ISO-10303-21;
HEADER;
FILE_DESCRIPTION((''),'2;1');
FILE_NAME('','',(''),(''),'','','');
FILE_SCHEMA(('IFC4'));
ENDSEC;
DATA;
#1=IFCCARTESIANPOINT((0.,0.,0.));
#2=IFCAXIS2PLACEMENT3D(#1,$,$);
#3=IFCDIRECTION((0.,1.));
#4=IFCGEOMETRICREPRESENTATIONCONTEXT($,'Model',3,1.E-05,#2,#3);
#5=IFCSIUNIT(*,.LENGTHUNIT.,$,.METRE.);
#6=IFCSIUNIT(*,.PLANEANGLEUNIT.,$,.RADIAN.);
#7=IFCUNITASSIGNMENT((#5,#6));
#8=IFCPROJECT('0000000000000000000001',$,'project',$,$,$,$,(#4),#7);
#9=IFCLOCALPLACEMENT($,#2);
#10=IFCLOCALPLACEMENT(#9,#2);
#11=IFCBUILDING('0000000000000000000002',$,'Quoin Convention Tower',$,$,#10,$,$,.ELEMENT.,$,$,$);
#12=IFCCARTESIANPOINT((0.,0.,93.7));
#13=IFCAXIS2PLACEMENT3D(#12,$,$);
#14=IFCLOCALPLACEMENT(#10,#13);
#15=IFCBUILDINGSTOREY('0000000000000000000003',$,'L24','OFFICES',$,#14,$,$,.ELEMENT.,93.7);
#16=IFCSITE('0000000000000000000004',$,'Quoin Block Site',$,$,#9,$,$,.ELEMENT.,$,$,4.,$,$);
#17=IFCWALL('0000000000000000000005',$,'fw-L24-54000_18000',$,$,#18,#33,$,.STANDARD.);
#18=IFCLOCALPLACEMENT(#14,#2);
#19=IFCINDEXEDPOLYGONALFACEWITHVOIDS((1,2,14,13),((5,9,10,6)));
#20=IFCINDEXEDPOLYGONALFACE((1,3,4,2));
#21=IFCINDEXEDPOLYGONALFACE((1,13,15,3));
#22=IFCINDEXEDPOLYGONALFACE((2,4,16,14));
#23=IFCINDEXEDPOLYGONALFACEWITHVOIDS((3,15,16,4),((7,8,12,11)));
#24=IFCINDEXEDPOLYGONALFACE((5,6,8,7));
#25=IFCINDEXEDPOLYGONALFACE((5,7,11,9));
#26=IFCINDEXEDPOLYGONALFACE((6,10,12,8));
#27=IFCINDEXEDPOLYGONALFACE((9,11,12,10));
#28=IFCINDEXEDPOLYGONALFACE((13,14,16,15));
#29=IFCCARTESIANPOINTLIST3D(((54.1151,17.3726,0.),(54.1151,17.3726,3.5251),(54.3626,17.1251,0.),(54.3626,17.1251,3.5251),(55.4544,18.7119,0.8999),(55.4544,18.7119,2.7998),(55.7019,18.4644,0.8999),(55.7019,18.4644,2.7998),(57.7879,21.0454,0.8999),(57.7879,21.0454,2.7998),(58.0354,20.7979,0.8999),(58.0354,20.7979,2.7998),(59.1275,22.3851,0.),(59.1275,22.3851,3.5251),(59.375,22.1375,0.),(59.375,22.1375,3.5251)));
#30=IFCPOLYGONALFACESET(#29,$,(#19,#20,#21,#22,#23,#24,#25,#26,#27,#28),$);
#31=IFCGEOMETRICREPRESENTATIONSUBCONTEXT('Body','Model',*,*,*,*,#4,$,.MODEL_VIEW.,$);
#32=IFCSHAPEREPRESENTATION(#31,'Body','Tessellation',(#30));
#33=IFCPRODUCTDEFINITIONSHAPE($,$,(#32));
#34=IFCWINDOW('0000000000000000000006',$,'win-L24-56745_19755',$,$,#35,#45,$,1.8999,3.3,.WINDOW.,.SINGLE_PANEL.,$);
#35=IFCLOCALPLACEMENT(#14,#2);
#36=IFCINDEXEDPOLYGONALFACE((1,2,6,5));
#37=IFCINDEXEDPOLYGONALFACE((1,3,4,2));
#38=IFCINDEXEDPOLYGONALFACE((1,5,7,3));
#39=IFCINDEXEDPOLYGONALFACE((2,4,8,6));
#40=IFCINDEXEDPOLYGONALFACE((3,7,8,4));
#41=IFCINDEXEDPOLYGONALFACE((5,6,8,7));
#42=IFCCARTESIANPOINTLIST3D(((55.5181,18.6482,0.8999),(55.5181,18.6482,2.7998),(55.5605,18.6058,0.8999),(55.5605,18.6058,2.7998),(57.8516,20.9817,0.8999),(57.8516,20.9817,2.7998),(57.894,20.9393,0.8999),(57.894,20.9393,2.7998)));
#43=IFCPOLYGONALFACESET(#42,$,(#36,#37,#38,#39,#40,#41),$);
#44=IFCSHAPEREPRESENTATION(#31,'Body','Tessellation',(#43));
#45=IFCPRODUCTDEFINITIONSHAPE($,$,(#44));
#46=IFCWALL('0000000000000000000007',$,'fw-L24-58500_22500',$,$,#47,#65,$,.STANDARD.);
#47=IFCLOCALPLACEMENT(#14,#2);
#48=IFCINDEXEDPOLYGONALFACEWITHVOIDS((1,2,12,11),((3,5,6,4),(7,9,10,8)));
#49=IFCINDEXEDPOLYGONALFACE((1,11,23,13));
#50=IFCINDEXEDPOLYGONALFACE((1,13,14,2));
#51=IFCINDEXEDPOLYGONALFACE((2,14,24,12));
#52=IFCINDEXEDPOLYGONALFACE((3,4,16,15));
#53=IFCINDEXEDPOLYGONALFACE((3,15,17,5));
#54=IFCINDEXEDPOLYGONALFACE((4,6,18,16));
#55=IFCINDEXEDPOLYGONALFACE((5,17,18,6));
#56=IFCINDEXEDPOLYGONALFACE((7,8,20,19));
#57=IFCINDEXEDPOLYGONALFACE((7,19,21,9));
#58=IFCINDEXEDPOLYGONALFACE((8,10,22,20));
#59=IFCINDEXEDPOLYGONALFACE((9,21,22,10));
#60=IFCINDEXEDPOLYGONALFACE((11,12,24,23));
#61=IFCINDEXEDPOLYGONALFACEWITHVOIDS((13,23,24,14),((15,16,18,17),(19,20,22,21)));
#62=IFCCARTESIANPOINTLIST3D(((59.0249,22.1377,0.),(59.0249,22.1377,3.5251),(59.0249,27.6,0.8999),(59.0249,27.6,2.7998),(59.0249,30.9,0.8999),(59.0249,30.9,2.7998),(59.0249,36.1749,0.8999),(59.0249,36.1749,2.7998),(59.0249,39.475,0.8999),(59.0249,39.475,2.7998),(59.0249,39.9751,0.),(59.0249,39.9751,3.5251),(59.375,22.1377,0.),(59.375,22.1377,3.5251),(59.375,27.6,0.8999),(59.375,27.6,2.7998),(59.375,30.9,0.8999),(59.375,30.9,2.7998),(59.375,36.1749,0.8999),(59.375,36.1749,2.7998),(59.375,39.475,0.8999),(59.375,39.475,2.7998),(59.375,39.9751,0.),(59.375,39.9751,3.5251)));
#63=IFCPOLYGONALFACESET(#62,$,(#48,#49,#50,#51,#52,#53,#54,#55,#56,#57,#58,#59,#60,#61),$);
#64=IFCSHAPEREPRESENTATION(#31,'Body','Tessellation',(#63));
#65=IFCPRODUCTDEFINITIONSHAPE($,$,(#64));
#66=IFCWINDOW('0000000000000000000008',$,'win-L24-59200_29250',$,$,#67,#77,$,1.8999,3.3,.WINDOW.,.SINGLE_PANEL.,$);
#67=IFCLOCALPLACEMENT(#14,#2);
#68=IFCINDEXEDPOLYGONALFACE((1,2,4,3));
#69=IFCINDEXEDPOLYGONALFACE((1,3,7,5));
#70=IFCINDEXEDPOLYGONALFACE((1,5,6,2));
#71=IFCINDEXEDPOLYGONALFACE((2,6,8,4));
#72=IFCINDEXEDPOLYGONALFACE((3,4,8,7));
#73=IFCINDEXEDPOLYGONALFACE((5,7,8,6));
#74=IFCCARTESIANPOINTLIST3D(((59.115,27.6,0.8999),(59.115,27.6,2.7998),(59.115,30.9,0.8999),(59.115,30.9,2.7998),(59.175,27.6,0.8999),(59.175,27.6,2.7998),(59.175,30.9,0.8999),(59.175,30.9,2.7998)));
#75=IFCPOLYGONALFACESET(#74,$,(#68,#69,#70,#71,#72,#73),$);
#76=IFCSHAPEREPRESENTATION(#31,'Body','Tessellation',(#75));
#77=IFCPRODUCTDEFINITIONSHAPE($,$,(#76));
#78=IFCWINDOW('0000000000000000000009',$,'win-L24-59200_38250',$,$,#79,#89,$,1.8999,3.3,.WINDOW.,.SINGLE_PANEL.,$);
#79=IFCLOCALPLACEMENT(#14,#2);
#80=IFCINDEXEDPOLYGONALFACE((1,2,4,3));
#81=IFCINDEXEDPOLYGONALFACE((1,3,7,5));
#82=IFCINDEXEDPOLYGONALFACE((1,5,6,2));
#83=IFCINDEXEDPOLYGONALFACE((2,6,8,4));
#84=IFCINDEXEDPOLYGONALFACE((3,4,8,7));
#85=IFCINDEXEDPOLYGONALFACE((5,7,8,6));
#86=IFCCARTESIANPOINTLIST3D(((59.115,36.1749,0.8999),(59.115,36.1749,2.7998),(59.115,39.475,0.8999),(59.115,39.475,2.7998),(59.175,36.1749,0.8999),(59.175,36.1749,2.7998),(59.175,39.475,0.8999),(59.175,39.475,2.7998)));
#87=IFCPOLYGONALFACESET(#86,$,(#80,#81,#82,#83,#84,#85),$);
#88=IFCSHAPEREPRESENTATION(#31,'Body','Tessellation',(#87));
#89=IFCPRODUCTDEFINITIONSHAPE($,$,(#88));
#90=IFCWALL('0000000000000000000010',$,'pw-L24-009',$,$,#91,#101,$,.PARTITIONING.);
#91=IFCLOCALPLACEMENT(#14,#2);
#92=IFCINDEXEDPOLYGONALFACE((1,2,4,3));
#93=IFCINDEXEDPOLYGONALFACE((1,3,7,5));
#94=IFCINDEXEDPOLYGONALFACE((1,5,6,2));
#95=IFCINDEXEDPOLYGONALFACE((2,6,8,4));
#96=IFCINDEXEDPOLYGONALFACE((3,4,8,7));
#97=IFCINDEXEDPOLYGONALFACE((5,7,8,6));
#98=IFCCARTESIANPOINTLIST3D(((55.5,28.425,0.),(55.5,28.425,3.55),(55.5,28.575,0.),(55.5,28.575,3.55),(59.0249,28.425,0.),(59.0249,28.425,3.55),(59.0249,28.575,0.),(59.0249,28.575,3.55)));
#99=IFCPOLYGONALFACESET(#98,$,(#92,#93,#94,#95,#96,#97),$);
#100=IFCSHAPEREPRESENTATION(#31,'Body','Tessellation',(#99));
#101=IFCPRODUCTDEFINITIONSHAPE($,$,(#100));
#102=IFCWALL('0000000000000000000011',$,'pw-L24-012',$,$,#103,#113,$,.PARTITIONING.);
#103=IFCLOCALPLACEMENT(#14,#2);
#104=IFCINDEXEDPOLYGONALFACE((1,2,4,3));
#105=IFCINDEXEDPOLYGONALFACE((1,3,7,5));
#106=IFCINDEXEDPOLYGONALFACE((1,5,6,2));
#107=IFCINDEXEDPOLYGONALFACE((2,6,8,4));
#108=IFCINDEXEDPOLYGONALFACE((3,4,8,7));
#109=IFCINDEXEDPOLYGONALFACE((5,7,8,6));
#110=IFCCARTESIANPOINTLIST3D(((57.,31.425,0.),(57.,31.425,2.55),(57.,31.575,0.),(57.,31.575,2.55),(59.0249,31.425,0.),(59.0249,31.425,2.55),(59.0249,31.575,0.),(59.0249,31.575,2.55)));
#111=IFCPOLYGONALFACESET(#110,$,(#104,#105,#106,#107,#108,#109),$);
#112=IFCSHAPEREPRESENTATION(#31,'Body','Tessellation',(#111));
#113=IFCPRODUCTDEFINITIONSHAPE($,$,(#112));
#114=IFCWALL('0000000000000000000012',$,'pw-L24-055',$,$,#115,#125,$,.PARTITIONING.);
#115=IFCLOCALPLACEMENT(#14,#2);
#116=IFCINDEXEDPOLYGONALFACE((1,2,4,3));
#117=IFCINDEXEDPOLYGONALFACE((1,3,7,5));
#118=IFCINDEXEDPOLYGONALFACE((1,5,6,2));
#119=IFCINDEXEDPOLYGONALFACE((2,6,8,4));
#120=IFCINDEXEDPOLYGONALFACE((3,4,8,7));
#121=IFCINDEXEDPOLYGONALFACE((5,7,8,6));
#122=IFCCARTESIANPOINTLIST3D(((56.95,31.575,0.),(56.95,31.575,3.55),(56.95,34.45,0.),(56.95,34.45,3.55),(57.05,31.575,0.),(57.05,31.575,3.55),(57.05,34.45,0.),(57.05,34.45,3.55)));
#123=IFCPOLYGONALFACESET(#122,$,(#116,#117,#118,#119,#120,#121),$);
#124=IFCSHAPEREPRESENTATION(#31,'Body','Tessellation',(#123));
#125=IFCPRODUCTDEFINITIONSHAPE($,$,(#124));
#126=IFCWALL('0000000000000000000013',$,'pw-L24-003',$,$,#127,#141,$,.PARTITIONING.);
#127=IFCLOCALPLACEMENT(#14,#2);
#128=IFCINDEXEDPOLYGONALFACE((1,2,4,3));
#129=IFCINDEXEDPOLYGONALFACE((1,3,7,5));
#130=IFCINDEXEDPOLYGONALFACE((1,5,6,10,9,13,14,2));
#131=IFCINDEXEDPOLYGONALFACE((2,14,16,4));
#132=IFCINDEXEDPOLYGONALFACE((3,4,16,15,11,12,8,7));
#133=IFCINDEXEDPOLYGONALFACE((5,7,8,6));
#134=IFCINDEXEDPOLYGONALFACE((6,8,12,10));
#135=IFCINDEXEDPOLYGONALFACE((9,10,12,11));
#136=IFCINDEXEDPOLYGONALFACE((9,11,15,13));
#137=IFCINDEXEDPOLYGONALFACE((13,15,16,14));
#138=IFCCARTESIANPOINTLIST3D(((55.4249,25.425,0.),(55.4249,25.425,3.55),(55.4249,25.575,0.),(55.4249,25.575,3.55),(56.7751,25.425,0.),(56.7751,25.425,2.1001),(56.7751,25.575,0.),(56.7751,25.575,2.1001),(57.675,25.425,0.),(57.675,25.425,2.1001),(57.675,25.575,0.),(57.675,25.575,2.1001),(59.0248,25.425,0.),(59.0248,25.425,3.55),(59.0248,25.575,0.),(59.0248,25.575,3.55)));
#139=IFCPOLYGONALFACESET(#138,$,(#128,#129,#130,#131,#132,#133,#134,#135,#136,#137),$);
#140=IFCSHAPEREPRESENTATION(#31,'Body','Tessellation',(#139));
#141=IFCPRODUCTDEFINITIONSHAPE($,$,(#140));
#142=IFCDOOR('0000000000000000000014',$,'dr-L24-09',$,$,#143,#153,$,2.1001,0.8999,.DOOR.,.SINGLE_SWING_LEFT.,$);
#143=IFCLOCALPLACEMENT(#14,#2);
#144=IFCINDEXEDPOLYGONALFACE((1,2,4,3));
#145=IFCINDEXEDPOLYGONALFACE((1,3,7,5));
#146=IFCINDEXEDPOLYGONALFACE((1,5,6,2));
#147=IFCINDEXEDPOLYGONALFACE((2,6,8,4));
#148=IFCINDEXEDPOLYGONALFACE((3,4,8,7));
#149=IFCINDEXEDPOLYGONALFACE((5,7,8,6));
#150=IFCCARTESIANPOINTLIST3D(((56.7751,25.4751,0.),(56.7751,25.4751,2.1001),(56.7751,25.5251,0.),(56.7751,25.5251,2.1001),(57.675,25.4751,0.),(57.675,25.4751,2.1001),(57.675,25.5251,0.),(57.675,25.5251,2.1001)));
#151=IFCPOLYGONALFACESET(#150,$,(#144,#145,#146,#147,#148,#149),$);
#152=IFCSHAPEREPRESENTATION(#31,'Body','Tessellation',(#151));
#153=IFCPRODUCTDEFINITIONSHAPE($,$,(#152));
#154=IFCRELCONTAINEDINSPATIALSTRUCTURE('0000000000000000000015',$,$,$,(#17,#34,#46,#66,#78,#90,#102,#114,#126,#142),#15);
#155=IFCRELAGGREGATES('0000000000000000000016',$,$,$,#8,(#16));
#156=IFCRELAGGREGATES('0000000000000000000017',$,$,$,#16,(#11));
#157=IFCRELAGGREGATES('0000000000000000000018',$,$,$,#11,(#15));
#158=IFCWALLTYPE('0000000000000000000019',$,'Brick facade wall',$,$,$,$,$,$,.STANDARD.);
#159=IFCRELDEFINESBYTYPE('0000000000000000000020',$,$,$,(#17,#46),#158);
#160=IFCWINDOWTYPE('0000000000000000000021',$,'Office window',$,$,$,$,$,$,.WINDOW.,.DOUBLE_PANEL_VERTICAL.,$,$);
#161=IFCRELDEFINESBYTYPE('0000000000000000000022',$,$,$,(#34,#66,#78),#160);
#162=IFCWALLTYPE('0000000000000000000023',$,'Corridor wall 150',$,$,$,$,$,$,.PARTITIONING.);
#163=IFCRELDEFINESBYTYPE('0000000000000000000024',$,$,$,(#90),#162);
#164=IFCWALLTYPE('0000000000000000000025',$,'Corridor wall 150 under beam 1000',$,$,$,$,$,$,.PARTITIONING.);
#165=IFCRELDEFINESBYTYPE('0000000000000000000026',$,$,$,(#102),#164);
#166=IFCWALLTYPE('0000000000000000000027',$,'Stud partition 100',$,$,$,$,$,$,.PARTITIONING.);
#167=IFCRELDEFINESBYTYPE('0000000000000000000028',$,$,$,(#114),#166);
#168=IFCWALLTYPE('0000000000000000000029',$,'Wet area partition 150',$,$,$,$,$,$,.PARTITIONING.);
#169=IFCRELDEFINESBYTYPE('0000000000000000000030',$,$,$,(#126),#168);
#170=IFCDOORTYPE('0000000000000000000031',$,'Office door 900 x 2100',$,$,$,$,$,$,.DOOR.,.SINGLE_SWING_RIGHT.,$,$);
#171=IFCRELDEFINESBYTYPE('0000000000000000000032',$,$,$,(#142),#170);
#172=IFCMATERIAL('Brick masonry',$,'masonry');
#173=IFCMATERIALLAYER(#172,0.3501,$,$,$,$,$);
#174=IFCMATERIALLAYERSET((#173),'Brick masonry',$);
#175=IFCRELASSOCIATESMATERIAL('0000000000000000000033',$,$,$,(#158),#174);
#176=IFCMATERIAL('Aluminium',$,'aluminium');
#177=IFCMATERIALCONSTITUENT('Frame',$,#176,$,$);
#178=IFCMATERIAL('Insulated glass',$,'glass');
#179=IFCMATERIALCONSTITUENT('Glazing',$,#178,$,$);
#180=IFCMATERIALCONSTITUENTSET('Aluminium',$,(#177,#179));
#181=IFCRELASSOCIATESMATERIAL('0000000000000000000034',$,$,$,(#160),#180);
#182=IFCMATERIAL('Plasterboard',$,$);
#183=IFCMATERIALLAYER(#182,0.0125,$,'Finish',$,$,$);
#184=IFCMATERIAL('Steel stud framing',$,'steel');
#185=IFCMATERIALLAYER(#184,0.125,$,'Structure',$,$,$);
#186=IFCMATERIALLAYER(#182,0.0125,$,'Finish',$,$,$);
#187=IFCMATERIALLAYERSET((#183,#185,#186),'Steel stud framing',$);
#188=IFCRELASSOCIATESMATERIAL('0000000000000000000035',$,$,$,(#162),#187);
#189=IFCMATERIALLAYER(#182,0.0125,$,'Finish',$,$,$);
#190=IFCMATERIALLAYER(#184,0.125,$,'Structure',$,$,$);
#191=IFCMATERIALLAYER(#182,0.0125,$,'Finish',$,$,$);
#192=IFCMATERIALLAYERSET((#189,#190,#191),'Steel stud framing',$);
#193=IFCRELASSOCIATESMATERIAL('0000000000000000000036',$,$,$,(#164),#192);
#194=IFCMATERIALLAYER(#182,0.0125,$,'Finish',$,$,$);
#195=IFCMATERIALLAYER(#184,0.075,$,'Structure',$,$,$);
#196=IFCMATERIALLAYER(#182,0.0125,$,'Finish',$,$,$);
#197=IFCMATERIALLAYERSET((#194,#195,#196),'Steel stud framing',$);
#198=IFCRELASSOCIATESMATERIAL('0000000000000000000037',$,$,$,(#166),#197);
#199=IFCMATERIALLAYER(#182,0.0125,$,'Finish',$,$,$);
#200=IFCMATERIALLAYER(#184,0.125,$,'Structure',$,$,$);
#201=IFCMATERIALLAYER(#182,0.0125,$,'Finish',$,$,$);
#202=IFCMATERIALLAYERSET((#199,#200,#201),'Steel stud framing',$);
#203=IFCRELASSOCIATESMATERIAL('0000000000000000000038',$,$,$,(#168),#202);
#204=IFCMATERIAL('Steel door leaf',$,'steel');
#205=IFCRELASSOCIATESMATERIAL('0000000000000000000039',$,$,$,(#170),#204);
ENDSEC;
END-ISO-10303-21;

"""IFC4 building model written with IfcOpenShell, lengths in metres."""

from ifc_helpers import new_model, si_unit, direction, frame, frame_2d, origin, place, context, subcontext, project, spatial, rectangle, extrude, material, layer, layer_set, constituent, constituent_set, type_object, element, fill, save


model = new_model("IFC4")

# Units and contexts
model_context = context("Model", 3, precision=1e-05, world=origin(), true_north=direction((0.0, 1.0)))
body_context = subcontext(model_context, "Body", "Model", "MODEL_VIEW")
ifc_project = project(units=[si_unit("LENGTHUNIT", "METRE"), si_unit("PLANEANGLEUNIT", "RADIAN")], contexts=[model_context])

# Site, building, storey
site_placement = place(None, origin())
site = spatial("IfcSite", under=ifc_project, at=site_placement, Name="Quoin Block Site", CompositionType="ELEMENT", RefElevation=4.0)
building_placement = place(site_placement, origin())
building = spatial("IfcBuilding", under=site, at=building_placement, Name="Quoin Convention Tower", CompositionType="ELEMENT")
storey_placement = place(building_placement, frame((0.0, 0.0, 93.7)))
storey = spatial("IfcBuildingStorey", under=building, at=storey_placement, Name="L24", Description="OFFICES", CompositionType="ELEMENT", Elevation=93.7)

# Shared definitions
ifc_material_1 = material(Name="Plasterboard")
ifc_material_2 = material(Name="Steel stud framing", Category="steel")

# Wall, opening, window
ifc_material_3 = material(Name="Brick masonry", Category="masonry")
ifc_layer_1 = layer(ifc_material_3, 0.3501)
ifc_layer_set_1 = layer_set([ifc_layer_1], Name="Brick masonry")
wall_type_1 = type_object("IfcWallType", Name="Brick facade wall", PredefinedType="STANDARD", material=ifc_layer_set_1)
ifc_material_4 = material(Name="Aluminium", Category="aluminium")
ifc_constituent_1 = constituent(ifc_material_4, Name="Frame")
ifc_material_5 = material(Name="Insulated glass", Category="glass")
ifc_constituent_2 = constituent(ifc_material_5, Name="Glazing")
ifc_constituent_set = constituent_set(constituents=[ifc_constituent_1, ifc_constituent_2], Name="Aluminium")
window_type = type_object("IfcWindowType", Name="Office window", PartitioningType="DOUBLE_PANEL_VERTICAL", PredefinedType="WINDOW", material=ifc_constituent_set)
wall_1_placement = place(storey_placement, frame((54.2388, 17.2488, 0.0), z_axis=(0.0, 0.0, 1.0), x_axis=(0.707107, 0.707107, 0.0)))
wall_1 = element("IfcWall", 1, at=wall_1_placement, inside=storey, type_object=wall_type_1, Name="fw-L24-54000_18000", PredefinedType="STANDARD", context=body_context, shape_type="SweptSolid", body=[
    extrude(rectangle(XDim=7.0886, YDim=0.3501, at=frame_2d((3.5444, 0.0))), origin(), (0.0, 0.0, 1.0), 3.5251),
])
opening_1_placement = place(wall_1_placement, frame((1.8943, 0.0, 0.8999)))
opening_1 = element("IfcOpeningElement", 2, at=opening_1_placement, cuts=wall_1, PredefinedType="OPENING", context=body_context, shape_type="SweptSolid", body=[
    extrude(rectangle(XDim=3.3, YDim=1.8999, at=frame_2d((1.6499, 0.95))), frame((0.0, 0.1851, 0.0), z_axis=(0.0, -1.0, 0.0), x_axis=(1.0, 0.0, 0.0)), (0.0, 0.0, 1.0), 0.3701),
])
window_1_placement = place(opening_1_placement, origin())
window_1 = element("IfcWindow", 3, at=window_1_placement, inside=storey, type_object=window_type, Name="win-L24-56745_19755", OverallHeight=1.8999, OverallWidth=3.3, PartitioningType="SINGLE_PANEL", PredefinedType="WINDOW", context=body_context, shape_type="SweptSolid", body=[
    extrude(rectangle(XDim=3.3, YDim=1.8999, at=frame_2d((1.6499, 0.95))), frame((0.0, 0.085, 0.0), z_axis=(0.0, -1.0, 0.0), x_axis=(1.0, 0.0, 0.0)), (0.0, 0.0, 1.0), 0.0601),
])
fill(opening_1, window_1)

# Wall, openings, windows
wall_2_placement = place(storey_placement, frame((59.2, 22.1377, 0.0), z_axis=(0.0, 0.0, 1.0), x_axis=(0.0, 1.0, 0.0)))
wall_2 = element("IfcWall", 4, at=wall_2_placement, inside=storey, type_object=wall_type_1, Name="fw-L24-58500_22500", PredefinedType="STANDARD", context=body_context, shape_type="SweptSolid", body=[
    extrude(rectangle(XDim=17.8374, YDim=0.3501, at=frame_2d((8.9187, 0.0))), origin(), (0.0, 0.0, 1.0), 3.5251),
])
opening_2_placement = place(wall_2_placement, frame((5.4624, 0.0, 0.8999)))
opening_2 = element("IfcOpeningElement", 5, at=opening_2_placement, cuts=wall_2, PredefinedType="OPENING", context=body_context, shape_type="SweptSolid", body=[
    extrude(rectangle(XDim=3.3, YDim=1.8999, at=frame_2d((1.6499, 0.95))), frame((0.0, 0.1851, 0.0), z_axis=(0.0, -1.0, 0.0), x_axis=(1.0, 0.0, 0.0)), (0.0, 0.0, 1.0), 0.3701),
])
opening_3_placement = place(wall_2_placement, frame((14.0374, 0.0, 0.8999)))
opening_3 = element("IfcOpeningElement", 6, at=opening_3_placement, cuts=wall_2, PredefinedType="OPENING", context=body_context, shape_type="SweptSolid", body=[
    extrude(rectangle(XDim=3.3, YDim=1.8999, at=frame_2d((1.6499, 0.95))), frame((0.0, 0.1851, 0.0), z_axis=(0.0, -1.0, 0.0), x_axis=(1.0, 0.0, 0.0)), (0.0, 0.0, 1.0), 0.3701),
])
window_2_placement = place(opening_2_placement, origin())
window_2 = element("IfcWindow", 7, at=window_2_placement, inside=storey, type_object=window_type, Name="win-L24-59200_29250", OverallHeight=1.8999, OverallWidth=3.3, PartitioningType="SINGLE_PANEL", PredefinedType="WINDOW", context=body_context, shape_type="SweptSolid", body=[
    extrude(rectangle(XDim=3.3, YDim=1.8999, at=frame_2d((1.6499, 0.95))), frame((0.0, 0.085, 0.0), z_axis=(0.0, -1.0, 0.0), x_axis=(1.0, 0.0, 0.0)), (0.0, 0.0, 1.0), 0.0601),
])
fill(opening_2, window_2)
window_3_placement = place(opening_3_placement, origin())
window_3 = element("IfcWindow", 8, at=window_3_placement, inside=storey, type_object=window_type, Name="win-L24-59200_38250", OverallHeight=1.8999, OverallWidth=3.3, PartitioningType="SINGLE_PANEL", PredefinedType="WINDOW", context=body_context, shape_type="SweptSolid", body=[
    extrude(rectangle(XDim=3.3, YDim=1.8999, at=frame_2d((1.6499, 0.95))), frame((0.0, 0.085, 0.0), z_axis=(0.0, -1.0, 0.0), x_axis=(1.0, 0.0, 0.0)), (0.0, 0.0, 1.0), 0.0601),
])
fill(opening_3, window_3)

# Walls
ifc_layer_2 = layer(ifc_material_1, 0.0125, Name="Finish")
ifc_layer_3 = layer(ifc_material_2, 0.125, Name="Structure")
ifc_layer_4 = layer(ifc_material_1, 0.0125, Name="Finish")
ifc_layer_set_2 = layer_set([ifc_layer_2, ifc_layer_3, ifc_layer_4], Name="Steel stud framing")
wall_type_2 = type_object("IfcWallType", Name="Corridor wall 150", PredefinedType="PARTITIONING", material=ifc_layer_set_2)
wall_3_placement = place(storey_placement, frame((55.5, 28.5, 0.0), z_axis=(0.0, 0.0, 1.0), x_axis=(1.0, 0.0, 0.0)))
element("IfcWall", 9, at=wall_3_placement, inside=storey, type_object=wall_type_2, Name="pw-L24-009", PredefinedType="PARTITIONING", context=body_context, shape_type="SweptSolid", body=[
    extrude(rectangle(XDim=3.5249, YDim=0.1499, at=frame_2d((1.7625, 0.0))), origin(), (0.0, 0.0, 1.0), 3.55),
])
ifc_layer_5 = layer(ifc_material_1, 0.0125, Name="Finish")
ifc_layer_6 = layer(ifc_material_2, 0.125, Name="Structure")
ifc_layer_7 = layer(ifc_material_1, 0.0125, Name="Finish")
ifc_layer_set_3 = layer_set([ifc_layer_5, ifc_layer_6, ifc_layer_7], Name="Steel stud framing")
wall_type_3 = type_object("IfcWallType", Name="Corridor wall 150 under beam 1000", PredefinedType="PARTITIONING", material=ifc_layer_set_3)
wall_4_placement = place(storey_placement, frame((57.0, 31.5, 0.0), z_axis=(0.0, 0.0, 1.0), x_axis=(1.0, 0.0, 0.0)))
element("IfcWall", 10, at=wall_4_placement, inside=storey, type_object=wall_type_3, Name="pw-L24-012", PredefinedType="PARTITIONING", context=body_context, shape_type="SweptSolid", body=[
    extrude(rectangle(XDim=2.0249, YDim=0.1499, at=frame_2d((1.0125, 0.0))), origin(), (0.0, 0.0, 1.0), 2.55),
])
ifc_layer_8 = layer(ifc_material_1, 0.0125, Name="Finish")
ifc_layer_9 = layer(ifc_material_2, 0.075, Name="Structure")
ifc_layer_10 = layer(ifc_material_1, 0.0125, Name="Finish")
ifc_layer_set_4 = layer_set([ifc_layer_8, ifc_layer_9, ifc_layer_10], Name="Steel stud framing")
wall_type_4 = type_object("IfcWallType", Name="Stud partition 100", PredefinedType="PARTITIONING", material=ifc_layer_set_4)
wall_5_placement = place(storey_placement, frame((57.0, 31.575, 0.0), z_axis=(0.0, 0.0, 1.0), x_axis=(0.0, 1.0, 0.0)))
element("IfcWall", 11, at=wall_5_placement, inside=storey, type_object=wall_type_4, Name="pw-L24-055", PredefinedType="PARTITIONING", context=body_context, shape_type="SweptSolid", body=[
    extrude(rectangle(XDim=2.875, YDim=0.1001, at=frame_2d((1.4375, 0.0))), origin(), (0.0, 0.0, 1.0), 3.55),
])

# Wall, opening, door
ifc_layer_11 = layer(ifc_material_1, 0.0125, Name="Finish")
ifc_layer_12 = layer(ifc_material_2, 0.125, Name="Structure")
ifc_layer_13 = layer(ifc_material_1, 0.0125, Name="Finish")
ifc_layer_set_5 = layer_set([ifc_layer_11, ifc_layer_12, ifc_layer_13], Name="Steel stud framing")
wall_type_5 = type_object("IfcWallType", Name="Wet area partition 150", PredefinedType="PARTITIONING", material=ifc_layer_set_5)
wall_6_placement = place(storey_placement, frame((55.425, 25.5, 0.0), z_axis=(0.0, 0.0, 1.0), x_axis=(1.0, 0.0, 0.0)))
wall_6 = element("IfcWall", 12, at=wall_6_placement, inside=storey, type_object=wall_type_5, Name="pw-L24-003", PredefinedType="PARTITIONING", context=body_context, shape_type="SweptSolid", body=[
    extrude(rectangle(XDim=3.5999, YDim=0.1499, at=frame_2d((1.7998, 0.0))), origin(), (0.0, 0.0, 1.0), 3.55),
])
opening_4_placement = place(wall_6_placement, frame((1.3501, 0.0, 0.0)))
opening_4 = element("IfcOpeningElement", 13, at=opening_4_placement, cuts=wall_6, PredefinedType="OPENING", context=body_context, shape_type="SweptSolid", body=[
    extrude(rectangle(XDim=0.8999, YDim=2.1001, at=frame_2d((0.45, 1.05))), frame((0.0, 0.085, 0.0), z_axis=(0.0, -1.0, 0.0), x_axis=(1.0, 0.0, 0.0)), (0.0, 0.0, 1.0), 0.1699),
])
ifc_material_6 = material(Name="Steel door leaf", Category="steel")
door_type = type_object("IfcDoorType", Name="Office door 900 x 2100", OperationType="SINGLE_SWING_RIGHT", PredefinedType="DOOR", material=ifc_material_6)
door_placement = place(opening_4_placement, frame((0.8999, 0.0, 0.0), z_axis=(0.0, 0.0, 1.0), x_axis=(-1.0, 0.0, 0.0)))
door = element("IfcDoor", 14, at=door_placement, inside=storey, type_object=door_type, Name="dr-L24-09", OperationType="SINGLE_SWING_LEFT", OverallHeight=2.1001, OverallWidth=0.8999, PredefinedType="DOOR", context=body_context, shape_type="SweptSolid", body=[
    extrude(rectangle(XDim=0.8999, YDim=2.1001, at=frame_2d((0.45, 1.05))), frame((0.0, 0.0249, 0.0), z_axis=(0.0, -1.0, 0.0), x_axis=(1.0, 0.0, 0.0)), (0.0, 0.0, 1.0), 0.05),
])
fill(opening_4, door)

save(model, "model.ifc")
